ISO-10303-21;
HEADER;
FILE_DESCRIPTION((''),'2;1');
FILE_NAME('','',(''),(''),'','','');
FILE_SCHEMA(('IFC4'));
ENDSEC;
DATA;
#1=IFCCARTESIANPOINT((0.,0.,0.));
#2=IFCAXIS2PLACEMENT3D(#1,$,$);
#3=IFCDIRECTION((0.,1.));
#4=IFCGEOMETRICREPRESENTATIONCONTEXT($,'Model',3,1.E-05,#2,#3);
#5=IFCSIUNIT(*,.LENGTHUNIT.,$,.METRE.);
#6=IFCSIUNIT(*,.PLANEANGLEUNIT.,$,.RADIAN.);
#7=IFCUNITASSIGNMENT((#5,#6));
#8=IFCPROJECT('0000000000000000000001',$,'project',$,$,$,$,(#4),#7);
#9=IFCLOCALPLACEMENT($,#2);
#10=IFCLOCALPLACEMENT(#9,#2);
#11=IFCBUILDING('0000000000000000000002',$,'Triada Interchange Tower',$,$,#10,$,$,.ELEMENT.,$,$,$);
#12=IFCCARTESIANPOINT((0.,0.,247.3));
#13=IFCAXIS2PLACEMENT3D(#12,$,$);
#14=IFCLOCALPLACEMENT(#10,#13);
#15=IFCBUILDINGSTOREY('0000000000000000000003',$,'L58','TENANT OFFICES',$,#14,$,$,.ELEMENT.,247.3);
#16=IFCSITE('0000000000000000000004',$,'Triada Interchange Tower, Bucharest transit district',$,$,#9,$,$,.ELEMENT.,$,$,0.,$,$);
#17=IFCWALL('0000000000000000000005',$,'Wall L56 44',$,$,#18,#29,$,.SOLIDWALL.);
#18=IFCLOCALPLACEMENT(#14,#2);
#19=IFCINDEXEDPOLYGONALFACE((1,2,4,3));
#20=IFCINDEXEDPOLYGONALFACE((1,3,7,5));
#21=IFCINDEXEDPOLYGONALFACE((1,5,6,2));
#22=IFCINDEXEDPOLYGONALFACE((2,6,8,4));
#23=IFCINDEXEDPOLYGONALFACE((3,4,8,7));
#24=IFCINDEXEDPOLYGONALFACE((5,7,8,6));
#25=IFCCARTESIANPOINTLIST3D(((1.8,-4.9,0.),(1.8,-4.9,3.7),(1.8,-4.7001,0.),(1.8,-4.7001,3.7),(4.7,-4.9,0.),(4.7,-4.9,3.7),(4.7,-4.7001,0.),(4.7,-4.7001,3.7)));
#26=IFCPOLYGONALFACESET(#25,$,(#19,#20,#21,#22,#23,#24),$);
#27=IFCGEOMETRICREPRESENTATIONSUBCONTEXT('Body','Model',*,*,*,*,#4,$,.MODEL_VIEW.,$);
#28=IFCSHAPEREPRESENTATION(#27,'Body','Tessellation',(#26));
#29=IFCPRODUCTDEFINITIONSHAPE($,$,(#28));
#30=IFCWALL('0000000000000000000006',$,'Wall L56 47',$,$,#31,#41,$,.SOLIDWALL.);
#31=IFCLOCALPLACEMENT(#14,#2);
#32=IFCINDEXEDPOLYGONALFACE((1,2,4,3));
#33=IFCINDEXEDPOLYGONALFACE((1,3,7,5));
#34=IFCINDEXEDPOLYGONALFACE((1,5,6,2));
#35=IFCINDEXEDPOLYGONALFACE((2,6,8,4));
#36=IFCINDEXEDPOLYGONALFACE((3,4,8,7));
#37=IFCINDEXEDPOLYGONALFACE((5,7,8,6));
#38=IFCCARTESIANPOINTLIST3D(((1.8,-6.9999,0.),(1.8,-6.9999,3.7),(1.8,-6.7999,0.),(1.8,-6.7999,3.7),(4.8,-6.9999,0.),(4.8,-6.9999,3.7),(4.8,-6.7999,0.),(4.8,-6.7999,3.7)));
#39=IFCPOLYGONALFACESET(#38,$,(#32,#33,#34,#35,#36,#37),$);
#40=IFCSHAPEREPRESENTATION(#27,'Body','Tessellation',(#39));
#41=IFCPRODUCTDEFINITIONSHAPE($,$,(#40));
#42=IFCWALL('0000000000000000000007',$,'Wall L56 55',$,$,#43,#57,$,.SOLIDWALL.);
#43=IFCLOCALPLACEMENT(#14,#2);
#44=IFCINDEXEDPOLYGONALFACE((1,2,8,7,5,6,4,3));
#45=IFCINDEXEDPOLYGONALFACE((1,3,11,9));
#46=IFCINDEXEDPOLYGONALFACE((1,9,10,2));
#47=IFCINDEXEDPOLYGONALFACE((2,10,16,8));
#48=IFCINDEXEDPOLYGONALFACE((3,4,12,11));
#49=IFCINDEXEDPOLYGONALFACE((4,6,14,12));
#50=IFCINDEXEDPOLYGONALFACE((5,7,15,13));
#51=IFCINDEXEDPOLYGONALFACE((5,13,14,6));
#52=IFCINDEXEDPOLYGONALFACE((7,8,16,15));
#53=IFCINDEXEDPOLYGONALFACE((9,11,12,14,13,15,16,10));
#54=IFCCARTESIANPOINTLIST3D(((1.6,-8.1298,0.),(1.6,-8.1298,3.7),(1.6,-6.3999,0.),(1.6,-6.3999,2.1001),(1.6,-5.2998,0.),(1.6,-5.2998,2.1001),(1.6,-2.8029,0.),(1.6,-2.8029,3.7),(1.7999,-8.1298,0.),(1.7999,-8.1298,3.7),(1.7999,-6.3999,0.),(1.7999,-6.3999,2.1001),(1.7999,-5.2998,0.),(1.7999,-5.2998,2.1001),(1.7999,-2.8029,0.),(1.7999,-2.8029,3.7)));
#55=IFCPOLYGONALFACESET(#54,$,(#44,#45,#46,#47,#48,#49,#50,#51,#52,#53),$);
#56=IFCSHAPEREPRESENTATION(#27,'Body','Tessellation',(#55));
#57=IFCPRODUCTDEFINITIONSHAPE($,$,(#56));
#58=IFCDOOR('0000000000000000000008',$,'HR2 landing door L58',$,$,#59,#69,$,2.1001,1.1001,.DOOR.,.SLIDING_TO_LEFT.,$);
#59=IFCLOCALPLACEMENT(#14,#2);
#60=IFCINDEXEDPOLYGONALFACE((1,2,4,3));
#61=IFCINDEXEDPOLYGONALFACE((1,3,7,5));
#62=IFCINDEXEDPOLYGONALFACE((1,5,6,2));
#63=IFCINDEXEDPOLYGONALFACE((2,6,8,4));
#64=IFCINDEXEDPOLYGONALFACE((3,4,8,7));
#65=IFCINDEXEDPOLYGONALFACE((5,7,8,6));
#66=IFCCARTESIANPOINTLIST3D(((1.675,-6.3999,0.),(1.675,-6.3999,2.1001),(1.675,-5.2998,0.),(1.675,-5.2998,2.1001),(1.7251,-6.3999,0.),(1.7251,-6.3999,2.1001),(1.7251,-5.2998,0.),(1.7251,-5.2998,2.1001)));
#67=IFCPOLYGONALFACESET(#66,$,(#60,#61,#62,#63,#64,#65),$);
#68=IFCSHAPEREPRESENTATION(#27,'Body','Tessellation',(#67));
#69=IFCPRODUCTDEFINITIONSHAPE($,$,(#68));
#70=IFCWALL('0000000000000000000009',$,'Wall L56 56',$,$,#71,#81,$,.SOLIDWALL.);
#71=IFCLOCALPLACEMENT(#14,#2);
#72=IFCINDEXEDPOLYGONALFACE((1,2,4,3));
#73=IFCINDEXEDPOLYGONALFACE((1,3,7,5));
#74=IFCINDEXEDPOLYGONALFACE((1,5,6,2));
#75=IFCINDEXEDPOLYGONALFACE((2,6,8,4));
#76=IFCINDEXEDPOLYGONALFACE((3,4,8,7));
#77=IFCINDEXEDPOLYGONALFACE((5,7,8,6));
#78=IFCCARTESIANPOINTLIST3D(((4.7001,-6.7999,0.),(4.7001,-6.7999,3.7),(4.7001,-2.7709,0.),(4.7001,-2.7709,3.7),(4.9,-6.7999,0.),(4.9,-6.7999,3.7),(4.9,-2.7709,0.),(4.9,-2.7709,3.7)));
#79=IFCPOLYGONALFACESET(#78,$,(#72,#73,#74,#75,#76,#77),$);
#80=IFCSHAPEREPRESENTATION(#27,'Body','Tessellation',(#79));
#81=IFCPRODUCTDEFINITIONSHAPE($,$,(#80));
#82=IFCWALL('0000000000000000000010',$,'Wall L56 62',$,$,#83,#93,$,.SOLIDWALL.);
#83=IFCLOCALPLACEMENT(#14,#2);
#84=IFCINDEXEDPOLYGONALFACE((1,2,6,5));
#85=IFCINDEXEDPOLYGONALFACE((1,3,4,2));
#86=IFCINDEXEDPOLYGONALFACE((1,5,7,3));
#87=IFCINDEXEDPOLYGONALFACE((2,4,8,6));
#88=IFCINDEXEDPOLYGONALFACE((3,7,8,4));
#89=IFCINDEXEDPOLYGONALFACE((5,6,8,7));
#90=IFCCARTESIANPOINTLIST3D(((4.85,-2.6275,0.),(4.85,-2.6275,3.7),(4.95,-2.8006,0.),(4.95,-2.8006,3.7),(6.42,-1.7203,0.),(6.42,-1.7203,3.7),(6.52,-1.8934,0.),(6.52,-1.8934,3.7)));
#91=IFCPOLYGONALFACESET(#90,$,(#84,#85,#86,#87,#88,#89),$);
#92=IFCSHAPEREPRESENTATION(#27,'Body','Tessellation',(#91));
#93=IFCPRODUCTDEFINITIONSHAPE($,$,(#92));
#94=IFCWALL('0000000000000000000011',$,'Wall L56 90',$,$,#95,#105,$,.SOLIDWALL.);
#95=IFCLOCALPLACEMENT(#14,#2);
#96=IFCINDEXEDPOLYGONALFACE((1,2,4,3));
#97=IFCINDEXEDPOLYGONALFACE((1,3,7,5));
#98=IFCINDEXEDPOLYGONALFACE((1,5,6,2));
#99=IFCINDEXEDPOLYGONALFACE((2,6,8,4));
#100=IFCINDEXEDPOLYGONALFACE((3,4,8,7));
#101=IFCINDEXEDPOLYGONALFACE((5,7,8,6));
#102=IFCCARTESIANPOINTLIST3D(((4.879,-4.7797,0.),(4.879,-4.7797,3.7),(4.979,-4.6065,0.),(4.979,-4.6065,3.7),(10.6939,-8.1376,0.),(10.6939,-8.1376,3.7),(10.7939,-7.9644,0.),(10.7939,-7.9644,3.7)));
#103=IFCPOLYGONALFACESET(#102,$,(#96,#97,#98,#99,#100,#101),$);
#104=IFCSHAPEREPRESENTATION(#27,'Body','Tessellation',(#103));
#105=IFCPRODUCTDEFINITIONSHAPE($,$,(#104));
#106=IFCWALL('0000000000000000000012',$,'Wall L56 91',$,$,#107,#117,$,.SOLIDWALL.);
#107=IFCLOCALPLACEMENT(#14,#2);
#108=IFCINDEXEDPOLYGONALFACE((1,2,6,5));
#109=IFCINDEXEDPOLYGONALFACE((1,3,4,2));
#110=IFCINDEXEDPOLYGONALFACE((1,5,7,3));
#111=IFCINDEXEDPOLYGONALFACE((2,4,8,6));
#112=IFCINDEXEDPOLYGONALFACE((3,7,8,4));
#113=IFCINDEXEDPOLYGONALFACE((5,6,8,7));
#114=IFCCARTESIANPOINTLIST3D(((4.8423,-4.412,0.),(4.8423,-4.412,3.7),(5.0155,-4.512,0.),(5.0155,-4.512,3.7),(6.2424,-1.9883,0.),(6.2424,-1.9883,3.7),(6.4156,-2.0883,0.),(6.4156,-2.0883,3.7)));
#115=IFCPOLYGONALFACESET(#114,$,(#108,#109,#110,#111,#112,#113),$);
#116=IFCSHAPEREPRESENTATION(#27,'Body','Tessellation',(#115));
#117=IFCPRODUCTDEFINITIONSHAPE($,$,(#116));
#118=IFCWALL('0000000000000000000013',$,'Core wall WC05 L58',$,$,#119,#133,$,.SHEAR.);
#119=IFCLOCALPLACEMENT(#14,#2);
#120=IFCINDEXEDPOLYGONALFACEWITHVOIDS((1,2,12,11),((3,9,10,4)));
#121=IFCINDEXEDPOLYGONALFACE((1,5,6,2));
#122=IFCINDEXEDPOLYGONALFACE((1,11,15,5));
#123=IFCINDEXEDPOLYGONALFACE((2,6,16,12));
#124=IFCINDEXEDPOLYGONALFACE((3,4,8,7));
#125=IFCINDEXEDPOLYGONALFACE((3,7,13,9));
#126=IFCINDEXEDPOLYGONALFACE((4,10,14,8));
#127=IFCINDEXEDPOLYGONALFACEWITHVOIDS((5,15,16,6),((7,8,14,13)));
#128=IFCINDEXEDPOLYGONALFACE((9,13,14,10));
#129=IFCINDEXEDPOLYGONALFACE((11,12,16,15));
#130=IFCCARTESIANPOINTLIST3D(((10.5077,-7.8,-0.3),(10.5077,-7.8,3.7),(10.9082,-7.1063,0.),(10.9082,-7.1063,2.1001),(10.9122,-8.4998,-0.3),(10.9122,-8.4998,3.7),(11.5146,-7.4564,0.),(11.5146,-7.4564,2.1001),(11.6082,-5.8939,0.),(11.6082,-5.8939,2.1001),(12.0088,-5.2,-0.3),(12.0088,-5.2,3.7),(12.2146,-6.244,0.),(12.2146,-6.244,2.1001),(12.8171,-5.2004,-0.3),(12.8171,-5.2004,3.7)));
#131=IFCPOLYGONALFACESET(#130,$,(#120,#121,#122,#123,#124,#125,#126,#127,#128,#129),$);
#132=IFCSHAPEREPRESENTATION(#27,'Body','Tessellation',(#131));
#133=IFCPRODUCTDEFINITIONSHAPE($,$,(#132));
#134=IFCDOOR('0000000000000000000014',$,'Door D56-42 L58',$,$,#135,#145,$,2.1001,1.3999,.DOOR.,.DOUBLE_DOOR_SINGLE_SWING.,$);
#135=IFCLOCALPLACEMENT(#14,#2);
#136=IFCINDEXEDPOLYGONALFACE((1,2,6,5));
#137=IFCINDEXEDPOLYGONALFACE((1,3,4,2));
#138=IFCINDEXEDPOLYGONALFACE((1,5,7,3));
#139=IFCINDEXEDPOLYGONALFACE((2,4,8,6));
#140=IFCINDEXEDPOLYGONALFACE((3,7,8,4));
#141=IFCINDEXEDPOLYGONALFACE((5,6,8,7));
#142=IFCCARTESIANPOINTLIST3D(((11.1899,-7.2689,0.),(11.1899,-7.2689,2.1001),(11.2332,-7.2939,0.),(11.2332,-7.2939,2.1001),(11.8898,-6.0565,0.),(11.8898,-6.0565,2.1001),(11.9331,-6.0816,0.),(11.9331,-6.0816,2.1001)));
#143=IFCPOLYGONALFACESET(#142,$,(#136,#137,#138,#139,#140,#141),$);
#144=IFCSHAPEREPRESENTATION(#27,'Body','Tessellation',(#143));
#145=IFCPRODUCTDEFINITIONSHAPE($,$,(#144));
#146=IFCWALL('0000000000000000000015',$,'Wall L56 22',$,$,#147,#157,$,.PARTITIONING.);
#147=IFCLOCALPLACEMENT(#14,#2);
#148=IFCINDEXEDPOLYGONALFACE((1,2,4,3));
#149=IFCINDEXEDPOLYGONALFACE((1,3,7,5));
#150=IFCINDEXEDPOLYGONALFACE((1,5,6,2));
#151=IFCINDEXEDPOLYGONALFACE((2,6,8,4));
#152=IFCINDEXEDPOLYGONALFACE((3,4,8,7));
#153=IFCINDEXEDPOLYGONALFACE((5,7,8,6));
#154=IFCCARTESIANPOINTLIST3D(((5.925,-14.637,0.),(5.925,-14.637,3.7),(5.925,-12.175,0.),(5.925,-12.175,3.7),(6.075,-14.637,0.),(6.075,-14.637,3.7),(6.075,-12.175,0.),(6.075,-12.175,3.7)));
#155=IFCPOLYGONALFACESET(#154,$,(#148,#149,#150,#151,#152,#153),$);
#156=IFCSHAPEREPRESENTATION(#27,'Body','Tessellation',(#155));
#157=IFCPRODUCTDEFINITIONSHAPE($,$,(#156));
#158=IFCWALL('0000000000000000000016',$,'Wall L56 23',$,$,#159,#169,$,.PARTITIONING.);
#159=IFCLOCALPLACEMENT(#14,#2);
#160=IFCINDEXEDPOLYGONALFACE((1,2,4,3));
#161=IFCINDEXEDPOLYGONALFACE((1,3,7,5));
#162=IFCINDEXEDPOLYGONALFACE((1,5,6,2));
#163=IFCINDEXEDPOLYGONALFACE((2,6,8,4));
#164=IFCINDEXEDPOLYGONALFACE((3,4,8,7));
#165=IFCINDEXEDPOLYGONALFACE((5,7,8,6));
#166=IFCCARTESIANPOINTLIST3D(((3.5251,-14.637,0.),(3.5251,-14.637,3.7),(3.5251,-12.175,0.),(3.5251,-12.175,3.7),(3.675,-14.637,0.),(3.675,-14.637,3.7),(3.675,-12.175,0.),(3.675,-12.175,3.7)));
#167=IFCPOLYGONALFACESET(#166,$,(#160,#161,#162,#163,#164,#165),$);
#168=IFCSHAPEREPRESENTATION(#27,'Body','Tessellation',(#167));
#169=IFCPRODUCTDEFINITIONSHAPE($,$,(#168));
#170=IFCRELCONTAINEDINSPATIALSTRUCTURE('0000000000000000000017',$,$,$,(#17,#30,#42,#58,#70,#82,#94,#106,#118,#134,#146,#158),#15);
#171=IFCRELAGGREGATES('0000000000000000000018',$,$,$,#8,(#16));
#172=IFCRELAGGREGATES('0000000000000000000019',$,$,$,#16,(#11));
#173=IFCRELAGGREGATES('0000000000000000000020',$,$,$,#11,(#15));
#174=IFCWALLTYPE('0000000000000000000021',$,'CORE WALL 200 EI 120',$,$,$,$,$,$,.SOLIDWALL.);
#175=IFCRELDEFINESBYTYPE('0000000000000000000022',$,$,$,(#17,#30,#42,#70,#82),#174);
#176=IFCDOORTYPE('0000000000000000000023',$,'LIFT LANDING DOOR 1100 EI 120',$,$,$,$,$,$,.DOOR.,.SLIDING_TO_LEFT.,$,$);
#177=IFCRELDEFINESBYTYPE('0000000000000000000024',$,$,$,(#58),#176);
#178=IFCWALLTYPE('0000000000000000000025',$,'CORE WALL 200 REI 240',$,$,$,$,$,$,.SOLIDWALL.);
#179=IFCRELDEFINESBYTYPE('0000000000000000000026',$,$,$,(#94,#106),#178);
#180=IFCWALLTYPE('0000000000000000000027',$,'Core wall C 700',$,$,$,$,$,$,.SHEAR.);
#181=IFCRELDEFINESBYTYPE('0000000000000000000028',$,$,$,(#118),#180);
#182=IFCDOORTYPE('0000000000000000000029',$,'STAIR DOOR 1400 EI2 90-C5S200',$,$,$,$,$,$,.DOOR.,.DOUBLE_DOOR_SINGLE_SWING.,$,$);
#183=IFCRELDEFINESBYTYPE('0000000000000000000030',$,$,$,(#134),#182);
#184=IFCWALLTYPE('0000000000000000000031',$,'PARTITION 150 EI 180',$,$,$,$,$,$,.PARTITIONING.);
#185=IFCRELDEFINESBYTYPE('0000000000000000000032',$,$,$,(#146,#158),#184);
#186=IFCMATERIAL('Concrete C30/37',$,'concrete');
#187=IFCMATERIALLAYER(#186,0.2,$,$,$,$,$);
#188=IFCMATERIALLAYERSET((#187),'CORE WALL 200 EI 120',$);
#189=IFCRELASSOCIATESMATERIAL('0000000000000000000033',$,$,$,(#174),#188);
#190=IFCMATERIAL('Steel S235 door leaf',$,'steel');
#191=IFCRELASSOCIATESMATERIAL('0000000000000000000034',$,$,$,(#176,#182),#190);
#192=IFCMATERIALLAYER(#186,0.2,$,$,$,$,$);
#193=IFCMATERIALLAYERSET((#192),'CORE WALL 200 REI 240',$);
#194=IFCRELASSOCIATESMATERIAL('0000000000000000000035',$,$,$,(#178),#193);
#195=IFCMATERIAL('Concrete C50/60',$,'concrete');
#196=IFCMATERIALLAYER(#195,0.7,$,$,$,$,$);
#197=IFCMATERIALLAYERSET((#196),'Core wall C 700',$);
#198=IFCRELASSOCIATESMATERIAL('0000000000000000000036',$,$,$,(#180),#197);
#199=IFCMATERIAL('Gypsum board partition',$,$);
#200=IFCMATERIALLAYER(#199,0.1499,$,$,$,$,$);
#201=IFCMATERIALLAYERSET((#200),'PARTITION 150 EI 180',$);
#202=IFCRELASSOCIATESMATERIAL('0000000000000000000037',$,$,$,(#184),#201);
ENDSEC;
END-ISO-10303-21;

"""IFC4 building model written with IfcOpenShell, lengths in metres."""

from ifc_helpers import new_model, si_unit, direction, frame, frame_2d, origin, place, context, subcontext, project, spatial, polyline, rectangle, outline, extrude, material, layer, layer_set, type_object, element, fill, save


model = new_model("IFC4")

# Units and contexts
model_context = context("Model", 3, precision=1e-05, world=origin(), true_north=direction((0.0, 1.0)))
body_context = subcontext(model_context, "Body", "Model", "MODEL_VIEW")
ifc_project = project(units=[si_unit("LENGTHUNIT", "METRE"), si_unit("PLANEANGLEUNIT", "RADIAN")], contexts=[model_context])

# Site, building, storey
site_placement = place(None, origin())
site = spatial("IfcSite", under=ifc_project, at=site_placement, Name="Triada Interchange Tower, Bucharest transit district", CompositionType="ELEMENT", RefElevation=0.0)
building_placement = place(site_placement, origin())
building = spatial("IfcBuilding", under=site, at=building_placement, Name="Triada Interchange Tower", CompositionType="ELEMENT")
storey_placement = place(building_placement, frame((0.0, 0.0, 247.3)))
storey = spatial("IfcBuildingStorey", under=building, at=storey_placement, Name="L58", Description="TENANT OFFICES", CompositionType="ELEMENT", Elevation=247.3)

# Walls
ifc_material_1 = material(Name="Concrete C30/37", Category="concrete")
ifc_layer_1 = layer(ifc_material_1, 0.2)
ifc_layer_set_1 = layer_set([ifc_layer_1], Name="CORE WALL 200 EI 120")
wall_type_1 = type_object("IfcWallType", Name="CORE WALL 200 EI 120", PredefinedType="SOLIDWALL", material=ifc_layer_set_1)
wall_1_placement = place(storey_placement, frame((1.8, -4.8, 0.0), z_axis=(0.0, 0.0, 1.0), x_axis=(1.0, 0.0, 0.0)))
element("IfcWall", 1, at=wall_1_placement, inside=storey, type_object=wall_type_1, Name="Wall L56 44", PredefinedType="SOLIDWALL", context=body_context, shape_type="SweptSolid", body=[
    extrude(rectangle(XDim=2.8999, YDim=0.2, at=frame_2d((1.45, 0.0))), origin(), (0.0, 0.0, 1.0), 3.7),
])
wall_2_placement = place(storey_placement, frame((1.8, -6.8999, 0.0), z_axis=(0.0, 0.0, 1.0), x_axis=(1.0, 0.0, 0.0)))
element("IfcWall", 2, at=wall_2_placement, inside=storey, type_object=wall_type_1, Name="Wall L56 47", PredefinedType="SOLIDWALL", context=body_context, shape_type="SweptSolid", body=[
    extrude(rectangle(XDim=3.0, YDim=0.2, at=frame_2d((1.5, 0.0))), origin(), (0.0, 0.0, 1.0), 3.7),
])

# Wall, opening, door
wall_3_placement = place(storey_placement, frame((1.7, -8.1299, 0.0), z_axis=(0.0, 0.0, 1.0), x_axis=(0.0, 1.0, 0.0)))
wall_3 = element("IfcWall", 3, at=wall_3_placement, inside=storey, type_object=wall_type_1, Name="Wall L56 55", PredefinedType="SOLIDWALL", context=body_context, shape_type="SweptSolid", body=[
    extrude(rectangle(XDim=5.3269, YDim=0.2, at=frame_2d((2.6636, 0.0))), origin(), (0.0, 0.0, 1.0), 3.7),
])
opening_1_placement = place(wall_3_placement, frame((1.73, 0.0, 0.0)))
opening_1 = element("IfcOpeningElement", 4, at=opening_1_placement, cuts=wall_3, PredefinedType="OPENING", context=body_context, shape_type="SweptSolid", body=[
    extrude(rectangle(XDim=1.1001, YDim=2.1001, at=frame_2d((0.55, 1.05))), frame((0.0, 0.1099, 0.0), z_axis=(0.0, -1.0, 0.0), x_axis=(1.0, 0.0, 0.0)), (0.0, 0.0, 1.0), 0.22),
])
ifc_material_2 = material(Name="Steel S235 door leaf", Category="steel")
door_type_1 = type_object("IfcDoorType", Name="LIFT LANDING DOOR 1100 EI 120", OperationType="SLIDING_TO_LEFT", PredefinedType="DOOR", material=ifc_material_2)
door_1_placement = place(opening_1_placement, origin())
door_1 = element("IfcDoor", 5, at=door_1_placement, inside=storey, type_object=door_type_1, Name="HR2 landing door L58", OperationType="SLIDING_TO_LEFT", OverallHeight=2.1001, OverallWidth=1.1001, PredefinedType="DOOR", context=body_context, shape_type="SweptSolid", body=[
    extrude(rectangle(XDim=1.1001, YDim=2.1001, at=frame_2d((0.55, 1.05))), frame((0.0, 0.0249, 0.0), z_axis=(0.0, -1.0, 0.0), x_axis=(1.0, 0.0, 0.0)), (0.0, 0.0, 1.0), 0.05),
])
fill(opening_1, door_1)

# Walls
wall_4_placement = place(storey_placement, frame((4.8, -6.8, 0.0), z_axis=(0.0, 0.0, 1.0), x_axis=(0.0, 1.0, 0.0)))
element("IfcWall", 6, at=wall_4_placement, inside=storey, type_object=wall_type_1, Name="Wall L56 56", PredefinedType="SOLIDWALL", context=body_context, shape_type="SweptSolid", body=[
    extrude(rectangle(XDim=4.0291, YDim=0.2, at=frame_2d((2.0146, 0.0))), origin(), (0.0, 0.0, 1.0), 3.7),
])
wall_5_placement = place(storey_placement, frame((4.8999, -2.7141, 0.0), z_axis=(0.0, 0.0, 1.0), x_axis=(0.865847, 0.500309, 0.0)))
element("IfcWall", 7, at=wall_5_placement, inside=storey, type_object=wall_type_1, Name="Wall L56 62", PredefinedType="SOLIDWALL", context=body_context, shape_type="SweptSolid", body=[
    extrude(rectangle(XDim=1.8132, YDim=0.2, at=frame_2d((0.9067, 0.0))), origin(), (0.0, 0.0, 1.0), 3.7),
])
ifc_layer_2 = layer(ifc_material_1, 0.2)
ifc_layer_set_2 = layer_set([ifc_layer_2], Name="CORE WALL 200 REI 240")
wall_type_2 = type_object("IfcWallType", Name="CORE WALL 200 REI 240", PredefinedType="SOLIDWALL", material=ifc_layer_set_2)
wall_6_placement = place(storey_placement, frame((4.929, -4.6931, 0.0), z_axis=(0.0, 0.0, 1.0), x_axis=(0.865983, -0.500073, 0.0)))
element("IfcWall", 8, at=wall_6_placement, inside=storey, type_object=wall_type_2, Name="Wall L56 90", PredefinedType="SOLIDWALL", context=body_context, shape_type="SweptSolid", body=[
    extrude(rectangle(XDim=6.7148, YDim=0.2, at=frame_2d((3.3574, 0.0))), origin(), (0.0, 0.0, 1.0), 3.7),
])
wall_7_placement = place(storey_placement, frame((4.929, -4.4619, 0.0), z_axis=(0.0, 0.0, 1.0), x_axis=(0.500201, 0.86591, 0.0)))
element("IfcWall", 9, at=wall_7_placement, inside=storey, type_object=wall_type_2, Name="Wall L56 91", PredefinedType="SOLIDWALL", context=body_context, shape_type="SweptSolid", body=[
    extrude(rectangle(XDim=2.7991, YDim=0.2, at=frame_2d((1.3994, 0.0))), origin(), (0.0, 0.0, 1.0), 3.7),
])

# Wall, opening, door
ifc_material_3 = material(Name="Concrete C50/60", Category="concrete")
ifc_layer_3 = layer(ifc_material_3, 0.7)
ifc_layer_set_3 = layer_set([ifc_layer_3], Name="Core wall C 700")
wall_type_3 = type_object("IfcWallType", Name="Core wall C 700", PredefinedType="SHEAR", material=ifc_layer_set_3)
wall_8_placement = place(storey_placement, frame((10.71, -8.1499, -0.3), z_axis=(0.0, 0.0, 1.0), x_axis=(0.499993, 0.866029, 0.0)))
wall_8 = element("IfcWall", 10, at=wall_8_placement, inside=storey, type_object=wall_type_3, Name="Core wall WC05 L58", PredefinedType="SHEAR", context=body_context, shape_type="SweptSolid", body=[
    extrude(outline(polyline([(-0.2019, -0.3501), (1.7031, -0.3501), (3.6079, -0.3501), (3.2041, 0.3501), (1.7031, 0.3501), (0.2019, 0.3501), (-0.2019, -0.3501)])), origin(), (0.0, 0.0, 1.0), 4.0),
])
opening_2_placement = place(wall_8_placement, frame((1.0029, 0.0, 0.3)))
opening_2 = element("IfcOpeningElement", 11, at=opening_2_placement, cuts=wall_8, PredefinedType="OPENING", context=body_context, shape_type="SweptSolid", body=[
    extrude(rectangle(XDim=1.3999, YDim=2.1001, at=frame_2d((0.7, 1.05))), frame((0.0, 0.3601, 0.0), z_axis=(0.0, -1.0, 0.0), x_axis=(1.0, 0.0, 0.0)), (0.0, 0.0, 1.0), 0.7202),
])
door_type_2 = type_object("IfcDoorType", Name="STAIR DOOR 1400 EI2 90-C5S200", OperationType="DOUBLE_DOOR_SINGLE_SWING", PredefinedType="DOOR", material=ifc_material_2)
door_2_placement = place(opening_2_placement, origin())
door_2 = element("IfcDoor", 12, at=door_2_placement, inside=storey, type_object=door_type_2, Name="Door D56-42 L58", OperationType="DOUBLE_DOOR_SINGLE_SWING", OverallHeight=2.1001, OverallWidth=1.3999, PredefinedType="DOOR", context=body_context, shape_type="SweptSolid", body=[
    extrude(rectangle(XDim=1.3999, YDim=2.1001, at=frame_2d((0.7, 1.05))), frame((0.0, 0.0249, 0.0), z_axis=(0.0, -1.0, 0.0), x_axis=(1.0, 0.0, 0.0)), (0.0, 0.0, 1.0), 0.05),
])
fill(opening_2, door_2)

# Walls
ifc_material_4 = material(Name="Gypsum board partition")
ifc_layer_4 = layer(ifc_material_4, 0.1499)
ifc_layer_set_4 = layer_set([ifc_layer_4], Name="PARTITION 150 EI 180")
wall_type_4 = type_object("IfcWallType", Name="PARTITION 150 EI 180", PredefinedType="PARTITIONING", material=ifc_layer_set_4)
for number, where, z_axis, x_axis, name in (
    (13, (6.0, -14.637, 0.0), (0.0, 0.0, 1.0), (0.0, 1.0, 0.0), "Wall L56 22"),
    (14, (3.6001, -14.637, 0.0), (0.0, 0.0, 1.0), (0.0, 1.0, 0.0), "Wall L56 23"),
):
    element("IfcWall", number, at=place(storey_placement, frame(where, z_axis=z_axis, x_axis=x_axis)), inside=storey, type_object=wall_type_4, Name=name, PredefinedType="PARTITIONING", context=body_context, shape_type="SweptSolid", body=[
        extrude(rectangle(XDim=2.4619, YDim=0.1499, at=frame_2d((1.231, 0.0))), origin(), (0.0, 0.0, 1.0), 3.7),
    ])

save(model, "model.ifc")
